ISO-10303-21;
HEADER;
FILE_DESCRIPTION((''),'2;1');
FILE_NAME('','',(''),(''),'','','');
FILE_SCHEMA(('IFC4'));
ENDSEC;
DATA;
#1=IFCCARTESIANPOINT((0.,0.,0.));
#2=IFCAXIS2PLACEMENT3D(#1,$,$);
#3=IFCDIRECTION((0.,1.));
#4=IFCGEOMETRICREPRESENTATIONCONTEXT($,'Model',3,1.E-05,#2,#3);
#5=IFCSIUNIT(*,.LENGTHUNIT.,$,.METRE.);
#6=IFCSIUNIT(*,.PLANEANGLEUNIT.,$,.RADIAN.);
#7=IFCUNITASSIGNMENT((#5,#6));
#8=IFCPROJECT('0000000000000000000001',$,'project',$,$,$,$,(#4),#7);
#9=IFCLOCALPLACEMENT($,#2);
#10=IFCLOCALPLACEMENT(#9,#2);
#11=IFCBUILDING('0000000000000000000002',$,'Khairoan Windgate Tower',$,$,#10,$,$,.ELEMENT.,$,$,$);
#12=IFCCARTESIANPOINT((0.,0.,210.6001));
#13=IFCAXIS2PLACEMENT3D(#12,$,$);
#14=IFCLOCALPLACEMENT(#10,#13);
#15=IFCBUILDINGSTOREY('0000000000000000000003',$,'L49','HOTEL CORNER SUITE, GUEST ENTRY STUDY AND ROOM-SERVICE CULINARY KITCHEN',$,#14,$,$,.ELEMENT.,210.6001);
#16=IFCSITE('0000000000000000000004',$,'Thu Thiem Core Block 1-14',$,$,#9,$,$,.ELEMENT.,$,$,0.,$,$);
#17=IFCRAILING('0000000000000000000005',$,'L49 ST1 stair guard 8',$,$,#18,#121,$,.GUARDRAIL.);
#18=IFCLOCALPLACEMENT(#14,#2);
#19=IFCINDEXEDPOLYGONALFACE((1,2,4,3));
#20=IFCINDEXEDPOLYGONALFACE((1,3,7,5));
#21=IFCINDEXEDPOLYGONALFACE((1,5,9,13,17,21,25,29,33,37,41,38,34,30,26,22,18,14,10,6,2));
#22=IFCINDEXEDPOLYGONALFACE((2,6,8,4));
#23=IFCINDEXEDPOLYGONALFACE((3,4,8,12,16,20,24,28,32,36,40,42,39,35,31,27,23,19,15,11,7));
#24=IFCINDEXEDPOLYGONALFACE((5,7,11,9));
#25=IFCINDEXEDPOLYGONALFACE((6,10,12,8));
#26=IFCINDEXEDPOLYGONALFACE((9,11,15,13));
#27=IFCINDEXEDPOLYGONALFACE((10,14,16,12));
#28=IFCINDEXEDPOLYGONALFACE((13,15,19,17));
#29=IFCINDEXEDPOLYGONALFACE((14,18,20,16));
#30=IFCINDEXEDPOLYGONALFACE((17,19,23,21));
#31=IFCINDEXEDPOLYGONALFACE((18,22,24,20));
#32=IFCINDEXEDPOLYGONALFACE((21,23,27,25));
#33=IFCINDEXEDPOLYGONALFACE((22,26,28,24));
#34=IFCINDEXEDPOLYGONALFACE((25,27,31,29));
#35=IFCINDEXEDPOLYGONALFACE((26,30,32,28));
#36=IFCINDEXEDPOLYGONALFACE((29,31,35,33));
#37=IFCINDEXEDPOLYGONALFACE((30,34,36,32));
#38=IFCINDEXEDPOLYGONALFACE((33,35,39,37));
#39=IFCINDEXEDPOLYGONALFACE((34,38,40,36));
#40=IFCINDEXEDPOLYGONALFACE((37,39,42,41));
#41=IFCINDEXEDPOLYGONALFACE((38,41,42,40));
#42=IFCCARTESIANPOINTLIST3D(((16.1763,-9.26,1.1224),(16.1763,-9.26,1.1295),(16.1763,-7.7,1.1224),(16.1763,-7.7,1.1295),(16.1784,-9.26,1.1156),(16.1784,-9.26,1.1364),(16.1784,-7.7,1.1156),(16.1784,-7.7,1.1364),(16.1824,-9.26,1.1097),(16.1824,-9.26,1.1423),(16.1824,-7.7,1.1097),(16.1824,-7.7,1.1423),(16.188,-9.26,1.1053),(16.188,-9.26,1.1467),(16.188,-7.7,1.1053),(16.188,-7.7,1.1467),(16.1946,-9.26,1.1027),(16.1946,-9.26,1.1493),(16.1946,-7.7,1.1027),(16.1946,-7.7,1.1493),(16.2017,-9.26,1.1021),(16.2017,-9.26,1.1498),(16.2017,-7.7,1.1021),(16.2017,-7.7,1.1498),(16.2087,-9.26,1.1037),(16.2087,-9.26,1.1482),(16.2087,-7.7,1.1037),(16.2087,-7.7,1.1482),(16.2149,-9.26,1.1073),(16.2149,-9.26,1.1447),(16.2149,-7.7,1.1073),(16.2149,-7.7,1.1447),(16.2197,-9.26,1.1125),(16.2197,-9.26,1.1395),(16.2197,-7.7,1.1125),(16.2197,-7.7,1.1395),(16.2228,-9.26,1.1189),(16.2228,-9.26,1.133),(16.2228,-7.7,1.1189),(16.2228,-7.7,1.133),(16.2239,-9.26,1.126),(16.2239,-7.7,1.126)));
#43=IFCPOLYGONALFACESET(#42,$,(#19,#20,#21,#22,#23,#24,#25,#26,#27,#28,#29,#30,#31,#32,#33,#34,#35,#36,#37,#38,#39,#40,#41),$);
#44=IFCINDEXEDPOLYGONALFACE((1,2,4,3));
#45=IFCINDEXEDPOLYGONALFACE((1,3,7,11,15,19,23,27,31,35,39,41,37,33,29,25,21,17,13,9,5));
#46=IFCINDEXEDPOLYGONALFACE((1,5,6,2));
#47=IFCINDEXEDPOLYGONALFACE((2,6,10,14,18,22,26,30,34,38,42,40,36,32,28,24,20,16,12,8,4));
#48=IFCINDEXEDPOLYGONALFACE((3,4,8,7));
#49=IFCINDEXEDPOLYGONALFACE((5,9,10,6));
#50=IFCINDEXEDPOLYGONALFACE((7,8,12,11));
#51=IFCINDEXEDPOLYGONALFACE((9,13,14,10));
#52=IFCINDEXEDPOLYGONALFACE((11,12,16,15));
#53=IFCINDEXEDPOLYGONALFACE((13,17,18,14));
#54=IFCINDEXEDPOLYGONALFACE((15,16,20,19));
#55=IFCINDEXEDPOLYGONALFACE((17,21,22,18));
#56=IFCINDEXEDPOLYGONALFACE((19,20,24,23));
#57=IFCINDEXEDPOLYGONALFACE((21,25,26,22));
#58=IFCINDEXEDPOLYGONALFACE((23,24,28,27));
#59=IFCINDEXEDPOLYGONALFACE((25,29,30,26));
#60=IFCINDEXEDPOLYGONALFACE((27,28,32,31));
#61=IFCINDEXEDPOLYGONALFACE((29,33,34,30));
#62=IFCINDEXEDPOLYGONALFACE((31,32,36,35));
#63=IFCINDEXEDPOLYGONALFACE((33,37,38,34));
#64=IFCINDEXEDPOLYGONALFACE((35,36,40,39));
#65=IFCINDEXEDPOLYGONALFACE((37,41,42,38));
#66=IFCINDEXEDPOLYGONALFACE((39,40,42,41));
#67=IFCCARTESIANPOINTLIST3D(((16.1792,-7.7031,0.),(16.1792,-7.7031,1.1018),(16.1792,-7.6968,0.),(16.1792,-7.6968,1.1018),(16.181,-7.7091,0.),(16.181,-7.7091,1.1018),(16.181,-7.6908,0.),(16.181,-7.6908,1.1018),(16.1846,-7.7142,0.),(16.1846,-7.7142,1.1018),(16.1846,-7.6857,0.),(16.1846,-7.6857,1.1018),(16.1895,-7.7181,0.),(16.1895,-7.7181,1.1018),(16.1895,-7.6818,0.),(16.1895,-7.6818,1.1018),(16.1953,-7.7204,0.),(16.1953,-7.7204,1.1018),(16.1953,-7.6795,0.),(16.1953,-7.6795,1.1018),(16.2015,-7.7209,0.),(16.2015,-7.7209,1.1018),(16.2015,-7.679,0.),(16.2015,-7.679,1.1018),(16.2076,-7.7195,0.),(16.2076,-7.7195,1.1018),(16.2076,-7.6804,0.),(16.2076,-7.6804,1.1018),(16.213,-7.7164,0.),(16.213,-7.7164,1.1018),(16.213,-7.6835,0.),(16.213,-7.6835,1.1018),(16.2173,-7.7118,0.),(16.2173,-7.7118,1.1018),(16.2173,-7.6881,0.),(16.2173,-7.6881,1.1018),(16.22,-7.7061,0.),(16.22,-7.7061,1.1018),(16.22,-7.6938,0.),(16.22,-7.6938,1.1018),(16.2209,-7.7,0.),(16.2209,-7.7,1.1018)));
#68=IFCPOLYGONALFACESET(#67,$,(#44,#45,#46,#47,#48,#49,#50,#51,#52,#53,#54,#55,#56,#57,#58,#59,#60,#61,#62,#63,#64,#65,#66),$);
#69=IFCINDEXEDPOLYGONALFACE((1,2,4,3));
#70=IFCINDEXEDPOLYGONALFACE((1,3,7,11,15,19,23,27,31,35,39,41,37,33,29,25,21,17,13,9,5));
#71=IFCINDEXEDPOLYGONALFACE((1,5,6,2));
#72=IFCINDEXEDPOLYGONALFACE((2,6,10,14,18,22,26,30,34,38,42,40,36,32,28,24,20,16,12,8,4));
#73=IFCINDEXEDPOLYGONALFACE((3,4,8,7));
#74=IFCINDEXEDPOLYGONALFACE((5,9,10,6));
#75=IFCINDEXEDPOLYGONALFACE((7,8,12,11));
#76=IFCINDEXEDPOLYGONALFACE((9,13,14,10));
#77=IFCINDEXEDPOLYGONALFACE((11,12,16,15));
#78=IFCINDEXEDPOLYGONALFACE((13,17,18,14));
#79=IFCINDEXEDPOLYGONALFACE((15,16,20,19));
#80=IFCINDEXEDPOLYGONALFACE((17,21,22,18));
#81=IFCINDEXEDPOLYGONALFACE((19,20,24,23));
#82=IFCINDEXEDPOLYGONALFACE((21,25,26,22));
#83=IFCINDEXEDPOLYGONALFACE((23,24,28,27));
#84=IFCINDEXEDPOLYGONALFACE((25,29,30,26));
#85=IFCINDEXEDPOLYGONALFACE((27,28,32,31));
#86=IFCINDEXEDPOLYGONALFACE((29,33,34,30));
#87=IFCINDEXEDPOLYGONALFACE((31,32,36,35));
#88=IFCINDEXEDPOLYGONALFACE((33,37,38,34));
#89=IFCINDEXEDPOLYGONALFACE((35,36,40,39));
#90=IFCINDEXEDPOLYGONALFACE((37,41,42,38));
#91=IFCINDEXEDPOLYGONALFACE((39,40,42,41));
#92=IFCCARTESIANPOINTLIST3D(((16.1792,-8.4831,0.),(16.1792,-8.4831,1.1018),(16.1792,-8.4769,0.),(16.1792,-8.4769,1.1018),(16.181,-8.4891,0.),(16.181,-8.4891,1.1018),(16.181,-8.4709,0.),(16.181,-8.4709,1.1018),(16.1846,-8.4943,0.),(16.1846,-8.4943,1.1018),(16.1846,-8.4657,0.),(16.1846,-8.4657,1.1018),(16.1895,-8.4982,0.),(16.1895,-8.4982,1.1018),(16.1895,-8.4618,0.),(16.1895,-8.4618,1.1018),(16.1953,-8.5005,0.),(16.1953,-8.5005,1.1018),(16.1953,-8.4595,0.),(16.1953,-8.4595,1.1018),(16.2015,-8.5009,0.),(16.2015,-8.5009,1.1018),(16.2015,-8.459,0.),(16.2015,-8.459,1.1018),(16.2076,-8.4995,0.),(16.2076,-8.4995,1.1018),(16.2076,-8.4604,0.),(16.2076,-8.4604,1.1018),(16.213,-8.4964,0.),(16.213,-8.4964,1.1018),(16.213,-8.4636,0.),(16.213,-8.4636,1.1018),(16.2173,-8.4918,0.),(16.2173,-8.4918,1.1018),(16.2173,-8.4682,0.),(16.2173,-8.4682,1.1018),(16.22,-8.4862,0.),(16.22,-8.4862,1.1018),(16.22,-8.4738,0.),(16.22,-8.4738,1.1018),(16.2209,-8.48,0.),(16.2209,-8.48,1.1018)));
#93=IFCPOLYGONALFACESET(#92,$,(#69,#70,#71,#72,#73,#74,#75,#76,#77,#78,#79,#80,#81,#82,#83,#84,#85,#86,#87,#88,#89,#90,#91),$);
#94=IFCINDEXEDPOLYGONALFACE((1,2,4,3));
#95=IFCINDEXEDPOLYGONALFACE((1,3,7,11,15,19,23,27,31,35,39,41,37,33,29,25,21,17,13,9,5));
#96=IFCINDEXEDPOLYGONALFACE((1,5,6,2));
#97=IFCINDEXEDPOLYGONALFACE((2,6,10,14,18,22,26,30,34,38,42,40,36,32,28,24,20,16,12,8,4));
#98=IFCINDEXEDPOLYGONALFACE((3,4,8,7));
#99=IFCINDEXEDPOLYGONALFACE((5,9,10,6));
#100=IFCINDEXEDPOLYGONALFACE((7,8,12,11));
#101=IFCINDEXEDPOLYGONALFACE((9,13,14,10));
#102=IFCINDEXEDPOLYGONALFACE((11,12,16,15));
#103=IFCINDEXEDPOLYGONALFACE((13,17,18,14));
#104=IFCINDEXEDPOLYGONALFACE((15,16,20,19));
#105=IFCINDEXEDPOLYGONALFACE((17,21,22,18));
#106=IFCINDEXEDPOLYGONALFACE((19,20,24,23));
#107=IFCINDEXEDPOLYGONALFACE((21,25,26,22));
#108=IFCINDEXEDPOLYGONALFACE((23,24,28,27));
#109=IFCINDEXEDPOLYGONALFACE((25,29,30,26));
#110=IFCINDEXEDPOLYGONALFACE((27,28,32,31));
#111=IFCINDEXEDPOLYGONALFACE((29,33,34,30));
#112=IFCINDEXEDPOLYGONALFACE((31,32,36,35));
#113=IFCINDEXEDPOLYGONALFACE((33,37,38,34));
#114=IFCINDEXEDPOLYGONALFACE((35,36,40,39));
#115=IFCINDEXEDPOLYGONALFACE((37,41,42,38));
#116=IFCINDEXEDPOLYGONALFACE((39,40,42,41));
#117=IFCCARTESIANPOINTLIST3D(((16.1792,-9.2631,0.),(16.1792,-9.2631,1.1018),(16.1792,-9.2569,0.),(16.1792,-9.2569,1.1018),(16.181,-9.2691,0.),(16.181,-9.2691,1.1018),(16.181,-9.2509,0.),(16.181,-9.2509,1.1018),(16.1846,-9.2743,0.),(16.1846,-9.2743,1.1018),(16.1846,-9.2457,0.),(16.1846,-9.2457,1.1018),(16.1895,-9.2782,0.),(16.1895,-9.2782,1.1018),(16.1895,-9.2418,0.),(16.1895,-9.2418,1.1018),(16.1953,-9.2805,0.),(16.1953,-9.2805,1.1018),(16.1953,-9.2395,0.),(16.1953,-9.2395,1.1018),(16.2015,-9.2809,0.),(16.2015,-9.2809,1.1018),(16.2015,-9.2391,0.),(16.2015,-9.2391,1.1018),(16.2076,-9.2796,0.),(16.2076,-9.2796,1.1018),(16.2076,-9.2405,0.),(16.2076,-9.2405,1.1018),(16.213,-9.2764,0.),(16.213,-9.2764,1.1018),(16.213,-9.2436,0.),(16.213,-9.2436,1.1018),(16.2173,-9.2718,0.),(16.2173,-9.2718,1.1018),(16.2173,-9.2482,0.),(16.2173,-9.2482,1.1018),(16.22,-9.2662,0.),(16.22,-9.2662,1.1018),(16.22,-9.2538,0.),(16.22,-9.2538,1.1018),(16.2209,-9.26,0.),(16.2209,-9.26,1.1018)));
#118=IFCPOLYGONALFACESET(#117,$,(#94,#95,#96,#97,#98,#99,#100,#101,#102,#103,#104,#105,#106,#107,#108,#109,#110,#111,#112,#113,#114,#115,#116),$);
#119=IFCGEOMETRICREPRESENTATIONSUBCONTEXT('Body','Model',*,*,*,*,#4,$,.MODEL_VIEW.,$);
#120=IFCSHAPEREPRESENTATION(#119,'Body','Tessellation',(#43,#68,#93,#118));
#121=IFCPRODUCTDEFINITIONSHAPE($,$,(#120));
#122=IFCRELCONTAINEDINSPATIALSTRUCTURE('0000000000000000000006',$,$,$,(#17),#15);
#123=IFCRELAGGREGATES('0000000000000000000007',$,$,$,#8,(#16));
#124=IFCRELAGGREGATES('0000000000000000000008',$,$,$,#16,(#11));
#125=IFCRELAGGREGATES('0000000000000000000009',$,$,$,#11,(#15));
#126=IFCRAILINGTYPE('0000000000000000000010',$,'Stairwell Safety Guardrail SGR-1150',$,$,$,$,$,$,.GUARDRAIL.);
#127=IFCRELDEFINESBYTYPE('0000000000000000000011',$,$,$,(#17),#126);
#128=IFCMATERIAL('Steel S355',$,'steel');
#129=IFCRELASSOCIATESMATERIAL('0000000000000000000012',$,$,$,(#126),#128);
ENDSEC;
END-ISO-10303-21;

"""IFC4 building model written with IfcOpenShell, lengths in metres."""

from ifc_helpers import new_model, si_unit, direction, frame, origin, origin_2d, place, context, subcontext, project, spatial, circle, extrude, material, type_object, element, save


model = new_model("IFC4")

# Units and contexts
model_context = context("Model", 3, precision=1e-05, world=origin(), true_north=direction((0.0, 1.0)))
body_context = subcontext(model_context, "Body", "Model", "MODEL_VIEW")
ifc_project = project(units=[si_unit("LENGTHUNIT", "METRE"), si_unit("PLANEANGLEUNIT", "RADIAN")], contexts=[model_context])

# Site, building, storey
site_placement = place(None, origin())
site = spatial("IfcSite", under=ifc_project, at=site_placement, Name="Thu Thiem Core Block 1-14", CompositionType="ELEMENT", RefElevation=0.0)
building_placement = place(site_placement, origin())
building = spatial("IfcBuilding", under=site, at=building_placement, Name="Khairoan Windgate Tower", CompositionType="ELEMENT")
storey_placement = place(building_placement, frame((0.0, 0.0, 210.6001)))
storey = spatial("IfcBuildingStorey", under=building, at=storey_placement, Name="L49", Description="HOTEL CORNER SUITE, GUEST ENTRY STUDY AND ROOM-SERVICE CULINARY KITCHEN", CompositionType="ELEMENT", Elevation=210.6001)

# Railing
ifc_material_1 = material(Name="Steel S355", Category="steel")
railing_type_1 = type_object("IfcRailingType", Name="Stairwell Safety Guardrail SGR-1150", PredefinedType="GUARDRAIL", material=ifc_material_1)
railing_1_placement = place(storey_placement, frame((16.2, -7.7, 0.0)))
element("IfcRailing", 1, at=railing_1_placement, inside=storey, type_object=railing_type_1, Name="L49 ST1 stair guard 8", PredefinedType="GUARDRAIL", context=body_context, shape_type="SweptSolid", body=[
    extrude(circle(Radius=0.0239, at=origin_2d()), frame((0.0, 0.0, 1.126), z_axis=(0.0, -1.0, 0.0), x_axis=(1.0, 0.0, 0.0)), (0.0, 0.0, 1.0), 1.5601),
    extrude(circle(Radius=0.021, at=origin_2d()), origin(), (0.0, 0.0, 1.0), 1.1018),
    extrude(circle(Radius=0.021, at=origin_2d()), frame((0.0, -0.78, 0.0)), (0.0, 0.0, 1.0), 1.1018),
    extrude(circle(Radius=0.021, at=origin_2d()), frame((0.0, -1.5601, 0.0)), (0.0, 0.0, 1.0), 1.1018),
])

save(model, "model.ifc")
